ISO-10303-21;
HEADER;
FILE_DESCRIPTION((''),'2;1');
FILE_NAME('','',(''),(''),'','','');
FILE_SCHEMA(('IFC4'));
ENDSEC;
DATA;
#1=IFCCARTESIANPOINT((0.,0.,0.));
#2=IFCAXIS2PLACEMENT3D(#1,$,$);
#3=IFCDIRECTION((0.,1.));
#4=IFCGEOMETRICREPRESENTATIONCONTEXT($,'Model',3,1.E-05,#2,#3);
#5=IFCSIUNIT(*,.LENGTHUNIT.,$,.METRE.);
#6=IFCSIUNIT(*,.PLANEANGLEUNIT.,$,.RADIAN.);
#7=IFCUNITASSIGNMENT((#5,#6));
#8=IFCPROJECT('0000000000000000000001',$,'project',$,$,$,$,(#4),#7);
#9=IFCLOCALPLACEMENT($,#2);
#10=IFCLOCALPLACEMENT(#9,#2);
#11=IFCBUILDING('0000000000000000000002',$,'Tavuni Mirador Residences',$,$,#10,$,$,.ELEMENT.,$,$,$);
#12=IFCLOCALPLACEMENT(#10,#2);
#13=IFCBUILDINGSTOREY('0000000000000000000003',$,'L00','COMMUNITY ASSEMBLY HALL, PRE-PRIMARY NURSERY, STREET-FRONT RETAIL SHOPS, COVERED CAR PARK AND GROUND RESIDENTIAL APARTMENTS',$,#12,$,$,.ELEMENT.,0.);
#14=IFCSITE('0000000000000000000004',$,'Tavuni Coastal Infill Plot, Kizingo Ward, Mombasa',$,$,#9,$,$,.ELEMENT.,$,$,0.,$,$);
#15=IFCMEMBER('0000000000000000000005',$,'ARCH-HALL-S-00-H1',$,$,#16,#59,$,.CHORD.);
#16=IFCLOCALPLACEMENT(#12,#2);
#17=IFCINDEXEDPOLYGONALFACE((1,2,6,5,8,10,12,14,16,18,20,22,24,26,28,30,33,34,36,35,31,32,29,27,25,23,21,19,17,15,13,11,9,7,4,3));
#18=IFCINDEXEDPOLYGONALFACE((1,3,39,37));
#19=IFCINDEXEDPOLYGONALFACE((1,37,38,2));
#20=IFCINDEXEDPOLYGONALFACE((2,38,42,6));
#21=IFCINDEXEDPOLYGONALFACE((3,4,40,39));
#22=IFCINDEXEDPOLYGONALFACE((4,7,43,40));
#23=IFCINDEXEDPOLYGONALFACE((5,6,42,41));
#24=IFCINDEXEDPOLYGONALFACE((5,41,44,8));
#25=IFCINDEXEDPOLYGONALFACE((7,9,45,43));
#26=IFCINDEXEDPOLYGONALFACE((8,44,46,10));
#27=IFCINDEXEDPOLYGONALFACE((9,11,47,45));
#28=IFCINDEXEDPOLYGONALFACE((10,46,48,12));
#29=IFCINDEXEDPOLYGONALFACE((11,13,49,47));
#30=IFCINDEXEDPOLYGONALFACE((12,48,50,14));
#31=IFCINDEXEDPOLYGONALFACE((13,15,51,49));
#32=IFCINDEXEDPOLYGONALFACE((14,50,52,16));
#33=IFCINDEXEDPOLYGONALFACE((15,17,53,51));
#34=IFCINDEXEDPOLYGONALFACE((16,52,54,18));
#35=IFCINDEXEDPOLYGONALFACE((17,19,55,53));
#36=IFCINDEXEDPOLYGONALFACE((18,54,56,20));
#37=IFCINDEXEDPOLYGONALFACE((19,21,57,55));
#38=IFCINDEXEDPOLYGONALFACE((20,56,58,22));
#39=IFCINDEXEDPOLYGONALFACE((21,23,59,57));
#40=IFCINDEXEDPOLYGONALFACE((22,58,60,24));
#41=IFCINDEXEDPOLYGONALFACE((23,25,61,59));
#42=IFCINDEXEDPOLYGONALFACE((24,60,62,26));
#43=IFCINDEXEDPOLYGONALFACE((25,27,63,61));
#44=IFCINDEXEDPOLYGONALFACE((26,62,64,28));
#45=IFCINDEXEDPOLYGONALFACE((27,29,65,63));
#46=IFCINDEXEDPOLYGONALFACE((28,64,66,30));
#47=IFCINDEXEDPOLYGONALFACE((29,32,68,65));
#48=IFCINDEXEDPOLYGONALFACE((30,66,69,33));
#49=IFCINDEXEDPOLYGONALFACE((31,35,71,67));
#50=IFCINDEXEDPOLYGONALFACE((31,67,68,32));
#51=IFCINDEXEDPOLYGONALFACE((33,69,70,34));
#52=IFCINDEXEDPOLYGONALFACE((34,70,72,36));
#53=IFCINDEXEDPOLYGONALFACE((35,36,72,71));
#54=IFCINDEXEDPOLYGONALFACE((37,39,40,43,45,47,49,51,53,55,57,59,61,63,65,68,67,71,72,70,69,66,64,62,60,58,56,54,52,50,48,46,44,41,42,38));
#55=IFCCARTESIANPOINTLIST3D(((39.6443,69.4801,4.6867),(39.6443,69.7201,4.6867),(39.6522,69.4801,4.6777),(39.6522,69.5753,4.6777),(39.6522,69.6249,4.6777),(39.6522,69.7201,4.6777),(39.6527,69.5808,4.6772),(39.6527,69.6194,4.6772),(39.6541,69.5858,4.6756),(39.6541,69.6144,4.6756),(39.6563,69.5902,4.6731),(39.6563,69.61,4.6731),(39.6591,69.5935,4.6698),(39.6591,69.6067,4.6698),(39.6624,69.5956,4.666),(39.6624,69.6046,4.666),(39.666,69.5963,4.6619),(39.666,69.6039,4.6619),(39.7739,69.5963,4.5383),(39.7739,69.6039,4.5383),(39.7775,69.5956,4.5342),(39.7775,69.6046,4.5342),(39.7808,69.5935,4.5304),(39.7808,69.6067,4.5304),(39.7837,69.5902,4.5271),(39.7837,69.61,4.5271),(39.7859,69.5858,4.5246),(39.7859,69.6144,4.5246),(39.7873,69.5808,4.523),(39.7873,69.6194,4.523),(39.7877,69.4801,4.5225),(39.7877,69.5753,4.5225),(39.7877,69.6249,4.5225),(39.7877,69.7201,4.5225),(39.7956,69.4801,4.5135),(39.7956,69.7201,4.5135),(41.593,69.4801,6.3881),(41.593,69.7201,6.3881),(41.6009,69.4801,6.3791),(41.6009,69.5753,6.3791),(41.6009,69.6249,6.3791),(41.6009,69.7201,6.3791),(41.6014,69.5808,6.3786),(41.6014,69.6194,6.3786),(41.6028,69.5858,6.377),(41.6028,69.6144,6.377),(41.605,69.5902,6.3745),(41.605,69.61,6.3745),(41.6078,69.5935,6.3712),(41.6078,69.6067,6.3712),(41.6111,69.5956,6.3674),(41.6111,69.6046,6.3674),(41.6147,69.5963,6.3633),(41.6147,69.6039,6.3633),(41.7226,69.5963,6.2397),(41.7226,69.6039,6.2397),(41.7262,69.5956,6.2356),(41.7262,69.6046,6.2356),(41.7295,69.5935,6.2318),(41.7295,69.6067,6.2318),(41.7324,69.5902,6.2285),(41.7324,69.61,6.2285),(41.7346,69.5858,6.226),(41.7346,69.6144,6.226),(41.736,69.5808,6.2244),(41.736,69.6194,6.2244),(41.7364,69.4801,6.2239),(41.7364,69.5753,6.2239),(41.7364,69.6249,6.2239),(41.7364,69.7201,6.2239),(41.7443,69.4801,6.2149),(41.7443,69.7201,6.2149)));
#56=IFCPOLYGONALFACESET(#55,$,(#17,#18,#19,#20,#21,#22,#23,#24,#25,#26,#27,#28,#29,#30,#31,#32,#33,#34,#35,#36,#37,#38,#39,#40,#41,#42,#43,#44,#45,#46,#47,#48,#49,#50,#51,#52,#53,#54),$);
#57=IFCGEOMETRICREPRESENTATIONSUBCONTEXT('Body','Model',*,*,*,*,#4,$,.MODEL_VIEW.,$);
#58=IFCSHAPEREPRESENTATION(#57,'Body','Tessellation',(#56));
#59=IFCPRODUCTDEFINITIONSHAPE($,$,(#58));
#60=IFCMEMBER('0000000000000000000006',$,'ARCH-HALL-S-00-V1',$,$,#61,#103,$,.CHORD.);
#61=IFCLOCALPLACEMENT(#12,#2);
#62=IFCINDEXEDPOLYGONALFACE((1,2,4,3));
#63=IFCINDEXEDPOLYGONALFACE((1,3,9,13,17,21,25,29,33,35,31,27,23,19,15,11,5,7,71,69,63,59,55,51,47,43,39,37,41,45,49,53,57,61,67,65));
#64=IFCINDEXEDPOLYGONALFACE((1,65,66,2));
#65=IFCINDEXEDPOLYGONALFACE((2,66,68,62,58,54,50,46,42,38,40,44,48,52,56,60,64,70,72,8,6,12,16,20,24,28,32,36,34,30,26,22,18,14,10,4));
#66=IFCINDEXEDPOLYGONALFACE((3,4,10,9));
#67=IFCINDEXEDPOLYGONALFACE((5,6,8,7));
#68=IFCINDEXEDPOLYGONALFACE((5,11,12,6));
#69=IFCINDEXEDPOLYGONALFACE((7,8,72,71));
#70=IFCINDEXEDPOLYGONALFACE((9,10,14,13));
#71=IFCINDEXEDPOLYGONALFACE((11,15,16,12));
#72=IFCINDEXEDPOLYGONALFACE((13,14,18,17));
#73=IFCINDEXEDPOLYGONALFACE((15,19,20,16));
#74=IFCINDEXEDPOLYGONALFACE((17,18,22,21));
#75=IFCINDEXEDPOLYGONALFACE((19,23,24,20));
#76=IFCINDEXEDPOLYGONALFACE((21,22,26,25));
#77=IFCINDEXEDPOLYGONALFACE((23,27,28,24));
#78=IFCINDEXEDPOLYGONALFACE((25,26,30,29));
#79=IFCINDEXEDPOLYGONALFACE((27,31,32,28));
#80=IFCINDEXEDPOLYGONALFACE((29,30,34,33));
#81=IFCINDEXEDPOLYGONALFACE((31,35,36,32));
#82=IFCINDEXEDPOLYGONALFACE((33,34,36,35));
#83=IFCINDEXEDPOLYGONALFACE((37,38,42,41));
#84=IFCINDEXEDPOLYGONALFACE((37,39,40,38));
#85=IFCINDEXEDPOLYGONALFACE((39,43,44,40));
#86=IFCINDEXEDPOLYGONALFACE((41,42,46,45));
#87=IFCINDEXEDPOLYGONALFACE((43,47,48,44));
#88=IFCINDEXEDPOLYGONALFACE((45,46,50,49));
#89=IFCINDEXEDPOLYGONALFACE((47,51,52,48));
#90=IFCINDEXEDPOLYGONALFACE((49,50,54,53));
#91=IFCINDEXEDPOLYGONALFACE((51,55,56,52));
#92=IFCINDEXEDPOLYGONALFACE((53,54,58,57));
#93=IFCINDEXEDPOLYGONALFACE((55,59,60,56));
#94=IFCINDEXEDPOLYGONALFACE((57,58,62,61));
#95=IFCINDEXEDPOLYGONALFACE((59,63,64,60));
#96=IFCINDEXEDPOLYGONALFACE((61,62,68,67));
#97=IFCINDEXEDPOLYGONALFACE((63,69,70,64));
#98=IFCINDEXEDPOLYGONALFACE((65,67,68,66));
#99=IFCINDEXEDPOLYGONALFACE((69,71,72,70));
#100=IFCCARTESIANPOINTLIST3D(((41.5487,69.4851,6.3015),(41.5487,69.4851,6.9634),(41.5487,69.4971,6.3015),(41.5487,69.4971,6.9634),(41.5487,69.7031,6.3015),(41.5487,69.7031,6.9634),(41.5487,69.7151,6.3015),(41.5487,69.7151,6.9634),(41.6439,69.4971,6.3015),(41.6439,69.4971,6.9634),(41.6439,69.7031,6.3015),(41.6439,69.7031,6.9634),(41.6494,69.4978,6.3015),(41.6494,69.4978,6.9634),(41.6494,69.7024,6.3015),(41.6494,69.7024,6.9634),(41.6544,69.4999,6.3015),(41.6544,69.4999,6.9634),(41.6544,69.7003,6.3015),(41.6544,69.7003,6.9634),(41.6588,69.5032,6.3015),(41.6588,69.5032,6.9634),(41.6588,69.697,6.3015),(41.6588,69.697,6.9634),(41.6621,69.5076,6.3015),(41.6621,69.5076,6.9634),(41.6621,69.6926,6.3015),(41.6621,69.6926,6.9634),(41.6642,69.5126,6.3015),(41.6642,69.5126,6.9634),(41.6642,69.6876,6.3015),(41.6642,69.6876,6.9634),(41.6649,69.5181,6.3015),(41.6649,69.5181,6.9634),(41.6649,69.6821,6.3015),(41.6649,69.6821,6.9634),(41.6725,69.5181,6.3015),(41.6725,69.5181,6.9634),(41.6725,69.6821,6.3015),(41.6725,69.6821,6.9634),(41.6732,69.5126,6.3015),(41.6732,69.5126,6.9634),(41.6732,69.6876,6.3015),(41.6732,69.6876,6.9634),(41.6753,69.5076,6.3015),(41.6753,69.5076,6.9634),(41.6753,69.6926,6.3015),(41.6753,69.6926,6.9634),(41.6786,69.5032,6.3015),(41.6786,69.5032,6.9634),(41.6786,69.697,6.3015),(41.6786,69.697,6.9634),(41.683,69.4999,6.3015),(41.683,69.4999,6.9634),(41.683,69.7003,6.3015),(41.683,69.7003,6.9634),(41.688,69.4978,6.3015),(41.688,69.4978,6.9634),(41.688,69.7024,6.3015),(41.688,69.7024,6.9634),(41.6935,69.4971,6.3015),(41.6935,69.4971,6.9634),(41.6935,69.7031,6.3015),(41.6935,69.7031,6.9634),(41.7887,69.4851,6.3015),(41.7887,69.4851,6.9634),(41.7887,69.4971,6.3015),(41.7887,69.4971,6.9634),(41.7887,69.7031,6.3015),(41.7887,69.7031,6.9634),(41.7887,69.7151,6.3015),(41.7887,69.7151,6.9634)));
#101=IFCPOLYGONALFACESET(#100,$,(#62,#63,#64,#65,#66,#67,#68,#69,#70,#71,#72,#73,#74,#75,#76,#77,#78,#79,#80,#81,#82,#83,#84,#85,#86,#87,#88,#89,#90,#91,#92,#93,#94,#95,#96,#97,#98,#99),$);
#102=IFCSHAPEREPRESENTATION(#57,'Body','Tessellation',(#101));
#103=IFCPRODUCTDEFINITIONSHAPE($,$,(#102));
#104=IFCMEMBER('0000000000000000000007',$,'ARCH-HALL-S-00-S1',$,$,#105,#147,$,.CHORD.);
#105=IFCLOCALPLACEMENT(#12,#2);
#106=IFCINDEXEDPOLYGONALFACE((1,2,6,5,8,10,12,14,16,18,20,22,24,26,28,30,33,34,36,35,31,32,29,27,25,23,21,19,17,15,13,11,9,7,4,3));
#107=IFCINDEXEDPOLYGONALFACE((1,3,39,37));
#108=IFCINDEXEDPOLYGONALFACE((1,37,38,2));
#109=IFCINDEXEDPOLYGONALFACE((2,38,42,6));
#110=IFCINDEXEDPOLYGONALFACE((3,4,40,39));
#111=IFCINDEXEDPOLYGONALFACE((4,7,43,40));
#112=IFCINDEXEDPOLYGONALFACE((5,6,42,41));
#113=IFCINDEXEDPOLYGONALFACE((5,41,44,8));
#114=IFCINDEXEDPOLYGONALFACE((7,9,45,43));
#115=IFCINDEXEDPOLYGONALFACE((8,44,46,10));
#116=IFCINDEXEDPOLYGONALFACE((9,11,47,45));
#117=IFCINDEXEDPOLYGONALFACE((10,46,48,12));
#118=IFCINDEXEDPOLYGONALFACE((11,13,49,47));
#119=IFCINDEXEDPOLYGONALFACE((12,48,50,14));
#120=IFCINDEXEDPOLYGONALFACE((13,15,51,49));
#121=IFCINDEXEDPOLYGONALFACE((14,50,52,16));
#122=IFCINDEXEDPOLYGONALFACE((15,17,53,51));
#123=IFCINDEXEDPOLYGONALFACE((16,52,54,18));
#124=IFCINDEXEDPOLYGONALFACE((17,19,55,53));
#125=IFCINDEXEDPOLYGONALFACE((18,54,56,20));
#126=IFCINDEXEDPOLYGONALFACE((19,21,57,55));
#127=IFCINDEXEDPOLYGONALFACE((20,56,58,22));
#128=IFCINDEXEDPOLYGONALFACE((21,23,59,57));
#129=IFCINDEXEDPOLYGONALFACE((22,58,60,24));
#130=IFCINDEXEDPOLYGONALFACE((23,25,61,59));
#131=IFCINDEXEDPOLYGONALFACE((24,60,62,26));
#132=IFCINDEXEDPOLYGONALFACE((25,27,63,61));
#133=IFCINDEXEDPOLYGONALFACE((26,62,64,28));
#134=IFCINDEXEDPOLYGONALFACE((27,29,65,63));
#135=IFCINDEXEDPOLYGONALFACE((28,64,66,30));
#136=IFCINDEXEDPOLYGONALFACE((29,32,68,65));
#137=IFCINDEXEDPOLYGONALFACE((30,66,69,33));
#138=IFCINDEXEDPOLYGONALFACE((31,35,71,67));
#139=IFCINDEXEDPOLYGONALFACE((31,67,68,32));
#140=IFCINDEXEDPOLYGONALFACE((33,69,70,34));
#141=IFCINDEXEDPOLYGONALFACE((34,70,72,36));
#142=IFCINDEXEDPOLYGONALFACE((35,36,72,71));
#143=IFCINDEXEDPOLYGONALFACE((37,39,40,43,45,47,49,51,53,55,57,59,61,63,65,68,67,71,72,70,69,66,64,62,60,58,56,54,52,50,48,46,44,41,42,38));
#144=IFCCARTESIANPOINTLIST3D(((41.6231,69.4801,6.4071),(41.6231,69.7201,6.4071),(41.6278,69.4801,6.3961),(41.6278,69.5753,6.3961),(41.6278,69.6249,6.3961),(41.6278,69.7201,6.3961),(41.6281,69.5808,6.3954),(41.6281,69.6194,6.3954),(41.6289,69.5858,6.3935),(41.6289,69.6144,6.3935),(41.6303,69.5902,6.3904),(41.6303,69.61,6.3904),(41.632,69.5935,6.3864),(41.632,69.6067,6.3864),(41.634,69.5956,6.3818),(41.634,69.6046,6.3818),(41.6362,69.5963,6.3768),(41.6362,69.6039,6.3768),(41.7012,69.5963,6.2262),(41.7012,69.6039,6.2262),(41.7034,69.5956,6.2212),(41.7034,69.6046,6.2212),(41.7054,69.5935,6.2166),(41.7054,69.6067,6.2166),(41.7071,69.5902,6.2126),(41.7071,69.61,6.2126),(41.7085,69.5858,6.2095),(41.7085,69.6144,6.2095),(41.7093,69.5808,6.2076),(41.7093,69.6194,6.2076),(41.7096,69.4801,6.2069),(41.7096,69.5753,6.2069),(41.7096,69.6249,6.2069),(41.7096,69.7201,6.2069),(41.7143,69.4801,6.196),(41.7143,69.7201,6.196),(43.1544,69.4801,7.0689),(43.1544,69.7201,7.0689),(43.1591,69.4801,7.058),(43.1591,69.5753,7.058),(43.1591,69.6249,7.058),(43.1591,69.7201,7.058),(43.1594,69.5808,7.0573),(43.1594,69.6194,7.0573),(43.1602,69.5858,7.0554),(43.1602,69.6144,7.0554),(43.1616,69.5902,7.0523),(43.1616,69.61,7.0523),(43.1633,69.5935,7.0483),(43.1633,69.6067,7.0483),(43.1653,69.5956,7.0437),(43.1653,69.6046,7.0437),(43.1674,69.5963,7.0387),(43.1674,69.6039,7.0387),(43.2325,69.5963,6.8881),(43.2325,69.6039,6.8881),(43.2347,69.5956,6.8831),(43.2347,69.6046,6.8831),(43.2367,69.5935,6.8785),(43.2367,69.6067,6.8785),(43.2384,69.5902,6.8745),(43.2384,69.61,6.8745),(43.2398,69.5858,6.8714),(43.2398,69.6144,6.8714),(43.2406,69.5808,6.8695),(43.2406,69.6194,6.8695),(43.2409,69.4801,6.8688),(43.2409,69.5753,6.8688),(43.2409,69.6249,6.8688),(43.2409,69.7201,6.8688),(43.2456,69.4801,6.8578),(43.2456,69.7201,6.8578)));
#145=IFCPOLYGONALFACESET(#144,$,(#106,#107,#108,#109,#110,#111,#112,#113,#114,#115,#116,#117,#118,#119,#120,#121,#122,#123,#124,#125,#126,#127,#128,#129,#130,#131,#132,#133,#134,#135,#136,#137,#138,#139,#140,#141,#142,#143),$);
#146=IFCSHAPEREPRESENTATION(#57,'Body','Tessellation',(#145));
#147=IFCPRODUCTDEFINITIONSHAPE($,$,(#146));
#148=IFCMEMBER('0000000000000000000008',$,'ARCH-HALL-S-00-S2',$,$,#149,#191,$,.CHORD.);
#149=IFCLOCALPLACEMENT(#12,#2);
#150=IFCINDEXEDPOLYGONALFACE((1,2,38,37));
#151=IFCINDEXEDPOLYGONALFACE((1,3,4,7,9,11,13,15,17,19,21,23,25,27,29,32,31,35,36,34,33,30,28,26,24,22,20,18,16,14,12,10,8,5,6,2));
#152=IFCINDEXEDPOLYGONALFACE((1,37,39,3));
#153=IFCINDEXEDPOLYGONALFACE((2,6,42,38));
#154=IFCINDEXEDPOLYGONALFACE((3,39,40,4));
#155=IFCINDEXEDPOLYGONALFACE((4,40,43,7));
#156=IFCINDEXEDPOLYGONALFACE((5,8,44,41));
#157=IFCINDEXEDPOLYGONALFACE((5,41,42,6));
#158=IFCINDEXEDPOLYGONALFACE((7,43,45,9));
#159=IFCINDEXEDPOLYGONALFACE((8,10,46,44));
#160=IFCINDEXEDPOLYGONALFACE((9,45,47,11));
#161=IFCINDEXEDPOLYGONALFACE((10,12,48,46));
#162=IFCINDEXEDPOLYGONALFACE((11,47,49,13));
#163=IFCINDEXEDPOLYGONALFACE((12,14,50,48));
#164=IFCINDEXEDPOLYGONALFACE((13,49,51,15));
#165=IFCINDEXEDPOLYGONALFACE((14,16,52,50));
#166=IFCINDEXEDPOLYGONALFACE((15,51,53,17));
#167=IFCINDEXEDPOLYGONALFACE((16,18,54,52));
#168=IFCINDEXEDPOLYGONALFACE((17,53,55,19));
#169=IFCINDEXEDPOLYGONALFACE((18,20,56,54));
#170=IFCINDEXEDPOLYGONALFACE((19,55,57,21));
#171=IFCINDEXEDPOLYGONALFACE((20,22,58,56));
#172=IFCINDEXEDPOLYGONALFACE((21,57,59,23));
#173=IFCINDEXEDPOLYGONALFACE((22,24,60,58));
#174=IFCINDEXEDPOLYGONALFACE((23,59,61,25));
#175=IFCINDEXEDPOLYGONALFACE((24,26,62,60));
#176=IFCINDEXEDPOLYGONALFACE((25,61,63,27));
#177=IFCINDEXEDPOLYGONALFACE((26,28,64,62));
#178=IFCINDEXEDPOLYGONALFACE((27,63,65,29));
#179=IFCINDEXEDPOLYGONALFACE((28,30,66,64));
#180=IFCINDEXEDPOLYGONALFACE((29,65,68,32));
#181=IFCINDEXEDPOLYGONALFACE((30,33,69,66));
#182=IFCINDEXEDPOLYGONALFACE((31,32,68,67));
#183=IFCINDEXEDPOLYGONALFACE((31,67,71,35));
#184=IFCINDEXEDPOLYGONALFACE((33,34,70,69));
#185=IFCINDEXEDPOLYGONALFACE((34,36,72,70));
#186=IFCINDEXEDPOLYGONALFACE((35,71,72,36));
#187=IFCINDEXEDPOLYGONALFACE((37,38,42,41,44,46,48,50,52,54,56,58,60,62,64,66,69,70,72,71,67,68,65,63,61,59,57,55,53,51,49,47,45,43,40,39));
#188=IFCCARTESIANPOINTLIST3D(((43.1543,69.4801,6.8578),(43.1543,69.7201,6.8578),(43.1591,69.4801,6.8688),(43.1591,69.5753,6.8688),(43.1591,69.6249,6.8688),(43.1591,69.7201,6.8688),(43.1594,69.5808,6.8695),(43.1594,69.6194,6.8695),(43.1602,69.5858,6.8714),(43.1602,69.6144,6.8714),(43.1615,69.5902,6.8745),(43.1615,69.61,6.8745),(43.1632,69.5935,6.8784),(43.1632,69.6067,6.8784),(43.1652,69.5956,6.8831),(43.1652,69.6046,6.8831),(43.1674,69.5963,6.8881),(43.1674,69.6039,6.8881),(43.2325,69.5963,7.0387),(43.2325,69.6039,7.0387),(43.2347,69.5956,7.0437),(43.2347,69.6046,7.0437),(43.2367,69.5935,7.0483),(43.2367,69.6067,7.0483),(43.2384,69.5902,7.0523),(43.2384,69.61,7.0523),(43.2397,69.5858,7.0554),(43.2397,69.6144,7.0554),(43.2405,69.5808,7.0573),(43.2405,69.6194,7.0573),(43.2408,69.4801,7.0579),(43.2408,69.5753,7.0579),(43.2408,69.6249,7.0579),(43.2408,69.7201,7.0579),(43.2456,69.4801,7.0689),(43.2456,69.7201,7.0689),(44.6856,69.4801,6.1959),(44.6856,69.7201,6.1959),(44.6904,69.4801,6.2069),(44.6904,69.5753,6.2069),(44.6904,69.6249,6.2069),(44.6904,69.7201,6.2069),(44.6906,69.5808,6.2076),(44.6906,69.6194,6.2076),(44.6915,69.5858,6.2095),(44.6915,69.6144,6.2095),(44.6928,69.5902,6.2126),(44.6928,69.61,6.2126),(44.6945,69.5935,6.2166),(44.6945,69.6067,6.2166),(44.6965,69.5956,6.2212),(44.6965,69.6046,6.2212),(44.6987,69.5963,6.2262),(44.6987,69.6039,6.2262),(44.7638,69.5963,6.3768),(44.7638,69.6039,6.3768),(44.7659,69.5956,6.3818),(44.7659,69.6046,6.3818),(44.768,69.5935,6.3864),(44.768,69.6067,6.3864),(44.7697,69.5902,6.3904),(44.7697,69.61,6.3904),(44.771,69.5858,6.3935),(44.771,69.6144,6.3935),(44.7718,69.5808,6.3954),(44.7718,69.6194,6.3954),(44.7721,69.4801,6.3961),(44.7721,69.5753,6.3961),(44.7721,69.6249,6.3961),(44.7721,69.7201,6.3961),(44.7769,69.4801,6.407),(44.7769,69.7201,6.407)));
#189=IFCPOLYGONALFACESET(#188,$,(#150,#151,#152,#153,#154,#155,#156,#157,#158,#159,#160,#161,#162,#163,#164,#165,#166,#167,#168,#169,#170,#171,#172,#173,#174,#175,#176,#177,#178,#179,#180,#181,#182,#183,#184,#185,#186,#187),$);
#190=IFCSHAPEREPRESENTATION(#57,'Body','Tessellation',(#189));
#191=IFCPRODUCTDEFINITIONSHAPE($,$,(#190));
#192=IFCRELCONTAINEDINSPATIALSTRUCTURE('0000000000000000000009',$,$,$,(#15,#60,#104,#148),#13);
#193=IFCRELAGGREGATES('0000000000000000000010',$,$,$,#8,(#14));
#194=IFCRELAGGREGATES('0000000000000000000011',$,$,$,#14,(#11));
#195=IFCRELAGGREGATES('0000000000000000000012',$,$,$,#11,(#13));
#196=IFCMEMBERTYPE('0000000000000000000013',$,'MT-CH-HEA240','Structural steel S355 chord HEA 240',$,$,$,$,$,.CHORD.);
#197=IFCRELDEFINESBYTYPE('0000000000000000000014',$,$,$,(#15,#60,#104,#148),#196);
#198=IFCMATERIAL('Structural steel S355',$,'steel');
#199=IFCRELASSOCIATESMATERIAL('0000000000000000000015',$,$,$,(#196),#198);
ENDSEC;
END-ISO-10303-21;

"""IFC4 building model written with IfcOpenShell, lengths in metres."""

from ifc_helpers import new_model, si_unit, direction, frame, origin, origin_2d, place, context, subcontext, project, spatial, i_section, extrude, material, material_profile, profile_set, type_object, element, save


model = new_model("IFC4")

# Units and contexts
model_context = context("Model", 3, precision=1e-05, world=origin(), true_north=direction((0.0, 1.0)))
body_context = subcontext(model_context, "Body", "Model", "MODEL_VIEW")
ifc_project = project(units=[si_unit("LENGTHUNIT", "METRE"), si_unit("PLANEANGLEUNIT", "RADIAN")], contexts=[model_context])

# Site, building, storey
site_placement = place(None, origin())
site = spatial("IfcSite", under=ifc_project, at=site_placement, Name="Tavuni Coastal Infill Plot, Kizingo Ward, Mombasa", CompositionType="ELEMENT", RefElevation=0.0)
building_placement = place(site_placement, origin())
building = spatial("IfcBuilding", under=site, at=building_placement, Name="Tavuni Mirador Residences", CompositionType="ELEMENT")
storey_placement = place(building_placement, origin())
storey = spatial("IfcBuildingStorey", under=building, at=storey_placement, Name="L00", Description="COMMUNITY ASSEMBLY HALL, PRE-PRIMARY NURSERY, STREET-FRONT RETAIL SHOPS, COVERED CAR PARK AND GROUND RESIDENTIAL APARTMENTS", CompositionType="ELEMENT", Elevation=0.0)

# Shared definitions
ifc_material_1 = material(Name="Structural steel S355", Category="steel")

# Members
ifc_material_profile_1 = material_profile(ifc_material_1, i_section(OverallWidth=0.24, OverallDepth=0.23, WebThickness=0.0076, FlangeThickness=0.012, FilletRadius=0.021, at=origin_2d()), Name="HEA 240", Category="steel")
ifc_profile_set_1 = profile_set([ifc_material_profile_1], Name="Structural steel S355")
member_type = type_object("IfcMemberType", Name="MT-CH-HEA240", Description="Structural steel S355 chord HEA 240", PredefinedType="CHORD", material=ifc_profile_set_1)
member_1_placement = place(storey_placement, frame((39.72, 69.6001, 4.6001), z_axis=(0.753289, 0.0, 0.657689), x_axis=(0.0, 1.0, 0.0)))
element("IfcMember", 1, at=member_1_placement, inside=storey, type_object=member_type, Name="ARCH-HALL-S-00-H1", PredefinedType="CHORD", context=body_context, shape_type="SweptSolid", body=[
    extrude(i_section(OverallWidth=0.24, OverallDepth=0.23, WebThickness=0.0076, FlangeThickness=0.012, FilletRadius=0.021, at=origin_2d()), origin(), (0.0, 0.0, 1.0), 2.5869),
])
member_2_placement = place(storey_placement, frame((41.6687, 69.6001, 6.3015), z_axis=(0.0, 0.0, 1.0), x_axis=(1.0, 0.0, 0.0)))
element("IfcMember", 2, at=member_2_placement, inside=storey, type_object=member_type, Name="ARCH-HALL-S-00-V1", PredefinedType="CHORD", context=body_context, shape_type="SweptSolid", body=[
    extrude(i_section(OverallWidth=0.24, OverallDepth=0.23, WebThickness=0.0076, FlangeThickness=0.012, FilletRadius=0.021, at=origin_2d()), origin(), (0.0, 0.0, 1.0), 0.6619),
])
for number, where, z_axis, x_axis, name in (
    (3, (41.6687, 69.6001, 6.3015), (0.917922, 0.0, 0.396761), (0.0, 1.0, 0.0), "ARCH-HALL-S-00-S1"),
    (4, (43.2, 69.6001, 6.9634), (0.917922, 0.0, -0.396761), (0.0, 1.0, 0.0), "ARCH-HALL-S-00-S2"),
):
    element("IfcMember", number, at=place(storey_placement, frame(where, z_axis=z_axis, x_axis=x_axis)), inside=storey, type_object=member_type, Name=name, PredefinedType="CHORD", context=body_context, shape_type="SweptSolid", body=[
        extrude(i_section(OverallWidth=0.24, OverallDepth=0.23, WebThickness=0.0076, FlangeThickness=0.012, FilletRadius=0.021, at=origin_2d()), origin(), (0.0, 0.0, 1.0), 1.6682),
    ])

save(model, "model.ifc")
